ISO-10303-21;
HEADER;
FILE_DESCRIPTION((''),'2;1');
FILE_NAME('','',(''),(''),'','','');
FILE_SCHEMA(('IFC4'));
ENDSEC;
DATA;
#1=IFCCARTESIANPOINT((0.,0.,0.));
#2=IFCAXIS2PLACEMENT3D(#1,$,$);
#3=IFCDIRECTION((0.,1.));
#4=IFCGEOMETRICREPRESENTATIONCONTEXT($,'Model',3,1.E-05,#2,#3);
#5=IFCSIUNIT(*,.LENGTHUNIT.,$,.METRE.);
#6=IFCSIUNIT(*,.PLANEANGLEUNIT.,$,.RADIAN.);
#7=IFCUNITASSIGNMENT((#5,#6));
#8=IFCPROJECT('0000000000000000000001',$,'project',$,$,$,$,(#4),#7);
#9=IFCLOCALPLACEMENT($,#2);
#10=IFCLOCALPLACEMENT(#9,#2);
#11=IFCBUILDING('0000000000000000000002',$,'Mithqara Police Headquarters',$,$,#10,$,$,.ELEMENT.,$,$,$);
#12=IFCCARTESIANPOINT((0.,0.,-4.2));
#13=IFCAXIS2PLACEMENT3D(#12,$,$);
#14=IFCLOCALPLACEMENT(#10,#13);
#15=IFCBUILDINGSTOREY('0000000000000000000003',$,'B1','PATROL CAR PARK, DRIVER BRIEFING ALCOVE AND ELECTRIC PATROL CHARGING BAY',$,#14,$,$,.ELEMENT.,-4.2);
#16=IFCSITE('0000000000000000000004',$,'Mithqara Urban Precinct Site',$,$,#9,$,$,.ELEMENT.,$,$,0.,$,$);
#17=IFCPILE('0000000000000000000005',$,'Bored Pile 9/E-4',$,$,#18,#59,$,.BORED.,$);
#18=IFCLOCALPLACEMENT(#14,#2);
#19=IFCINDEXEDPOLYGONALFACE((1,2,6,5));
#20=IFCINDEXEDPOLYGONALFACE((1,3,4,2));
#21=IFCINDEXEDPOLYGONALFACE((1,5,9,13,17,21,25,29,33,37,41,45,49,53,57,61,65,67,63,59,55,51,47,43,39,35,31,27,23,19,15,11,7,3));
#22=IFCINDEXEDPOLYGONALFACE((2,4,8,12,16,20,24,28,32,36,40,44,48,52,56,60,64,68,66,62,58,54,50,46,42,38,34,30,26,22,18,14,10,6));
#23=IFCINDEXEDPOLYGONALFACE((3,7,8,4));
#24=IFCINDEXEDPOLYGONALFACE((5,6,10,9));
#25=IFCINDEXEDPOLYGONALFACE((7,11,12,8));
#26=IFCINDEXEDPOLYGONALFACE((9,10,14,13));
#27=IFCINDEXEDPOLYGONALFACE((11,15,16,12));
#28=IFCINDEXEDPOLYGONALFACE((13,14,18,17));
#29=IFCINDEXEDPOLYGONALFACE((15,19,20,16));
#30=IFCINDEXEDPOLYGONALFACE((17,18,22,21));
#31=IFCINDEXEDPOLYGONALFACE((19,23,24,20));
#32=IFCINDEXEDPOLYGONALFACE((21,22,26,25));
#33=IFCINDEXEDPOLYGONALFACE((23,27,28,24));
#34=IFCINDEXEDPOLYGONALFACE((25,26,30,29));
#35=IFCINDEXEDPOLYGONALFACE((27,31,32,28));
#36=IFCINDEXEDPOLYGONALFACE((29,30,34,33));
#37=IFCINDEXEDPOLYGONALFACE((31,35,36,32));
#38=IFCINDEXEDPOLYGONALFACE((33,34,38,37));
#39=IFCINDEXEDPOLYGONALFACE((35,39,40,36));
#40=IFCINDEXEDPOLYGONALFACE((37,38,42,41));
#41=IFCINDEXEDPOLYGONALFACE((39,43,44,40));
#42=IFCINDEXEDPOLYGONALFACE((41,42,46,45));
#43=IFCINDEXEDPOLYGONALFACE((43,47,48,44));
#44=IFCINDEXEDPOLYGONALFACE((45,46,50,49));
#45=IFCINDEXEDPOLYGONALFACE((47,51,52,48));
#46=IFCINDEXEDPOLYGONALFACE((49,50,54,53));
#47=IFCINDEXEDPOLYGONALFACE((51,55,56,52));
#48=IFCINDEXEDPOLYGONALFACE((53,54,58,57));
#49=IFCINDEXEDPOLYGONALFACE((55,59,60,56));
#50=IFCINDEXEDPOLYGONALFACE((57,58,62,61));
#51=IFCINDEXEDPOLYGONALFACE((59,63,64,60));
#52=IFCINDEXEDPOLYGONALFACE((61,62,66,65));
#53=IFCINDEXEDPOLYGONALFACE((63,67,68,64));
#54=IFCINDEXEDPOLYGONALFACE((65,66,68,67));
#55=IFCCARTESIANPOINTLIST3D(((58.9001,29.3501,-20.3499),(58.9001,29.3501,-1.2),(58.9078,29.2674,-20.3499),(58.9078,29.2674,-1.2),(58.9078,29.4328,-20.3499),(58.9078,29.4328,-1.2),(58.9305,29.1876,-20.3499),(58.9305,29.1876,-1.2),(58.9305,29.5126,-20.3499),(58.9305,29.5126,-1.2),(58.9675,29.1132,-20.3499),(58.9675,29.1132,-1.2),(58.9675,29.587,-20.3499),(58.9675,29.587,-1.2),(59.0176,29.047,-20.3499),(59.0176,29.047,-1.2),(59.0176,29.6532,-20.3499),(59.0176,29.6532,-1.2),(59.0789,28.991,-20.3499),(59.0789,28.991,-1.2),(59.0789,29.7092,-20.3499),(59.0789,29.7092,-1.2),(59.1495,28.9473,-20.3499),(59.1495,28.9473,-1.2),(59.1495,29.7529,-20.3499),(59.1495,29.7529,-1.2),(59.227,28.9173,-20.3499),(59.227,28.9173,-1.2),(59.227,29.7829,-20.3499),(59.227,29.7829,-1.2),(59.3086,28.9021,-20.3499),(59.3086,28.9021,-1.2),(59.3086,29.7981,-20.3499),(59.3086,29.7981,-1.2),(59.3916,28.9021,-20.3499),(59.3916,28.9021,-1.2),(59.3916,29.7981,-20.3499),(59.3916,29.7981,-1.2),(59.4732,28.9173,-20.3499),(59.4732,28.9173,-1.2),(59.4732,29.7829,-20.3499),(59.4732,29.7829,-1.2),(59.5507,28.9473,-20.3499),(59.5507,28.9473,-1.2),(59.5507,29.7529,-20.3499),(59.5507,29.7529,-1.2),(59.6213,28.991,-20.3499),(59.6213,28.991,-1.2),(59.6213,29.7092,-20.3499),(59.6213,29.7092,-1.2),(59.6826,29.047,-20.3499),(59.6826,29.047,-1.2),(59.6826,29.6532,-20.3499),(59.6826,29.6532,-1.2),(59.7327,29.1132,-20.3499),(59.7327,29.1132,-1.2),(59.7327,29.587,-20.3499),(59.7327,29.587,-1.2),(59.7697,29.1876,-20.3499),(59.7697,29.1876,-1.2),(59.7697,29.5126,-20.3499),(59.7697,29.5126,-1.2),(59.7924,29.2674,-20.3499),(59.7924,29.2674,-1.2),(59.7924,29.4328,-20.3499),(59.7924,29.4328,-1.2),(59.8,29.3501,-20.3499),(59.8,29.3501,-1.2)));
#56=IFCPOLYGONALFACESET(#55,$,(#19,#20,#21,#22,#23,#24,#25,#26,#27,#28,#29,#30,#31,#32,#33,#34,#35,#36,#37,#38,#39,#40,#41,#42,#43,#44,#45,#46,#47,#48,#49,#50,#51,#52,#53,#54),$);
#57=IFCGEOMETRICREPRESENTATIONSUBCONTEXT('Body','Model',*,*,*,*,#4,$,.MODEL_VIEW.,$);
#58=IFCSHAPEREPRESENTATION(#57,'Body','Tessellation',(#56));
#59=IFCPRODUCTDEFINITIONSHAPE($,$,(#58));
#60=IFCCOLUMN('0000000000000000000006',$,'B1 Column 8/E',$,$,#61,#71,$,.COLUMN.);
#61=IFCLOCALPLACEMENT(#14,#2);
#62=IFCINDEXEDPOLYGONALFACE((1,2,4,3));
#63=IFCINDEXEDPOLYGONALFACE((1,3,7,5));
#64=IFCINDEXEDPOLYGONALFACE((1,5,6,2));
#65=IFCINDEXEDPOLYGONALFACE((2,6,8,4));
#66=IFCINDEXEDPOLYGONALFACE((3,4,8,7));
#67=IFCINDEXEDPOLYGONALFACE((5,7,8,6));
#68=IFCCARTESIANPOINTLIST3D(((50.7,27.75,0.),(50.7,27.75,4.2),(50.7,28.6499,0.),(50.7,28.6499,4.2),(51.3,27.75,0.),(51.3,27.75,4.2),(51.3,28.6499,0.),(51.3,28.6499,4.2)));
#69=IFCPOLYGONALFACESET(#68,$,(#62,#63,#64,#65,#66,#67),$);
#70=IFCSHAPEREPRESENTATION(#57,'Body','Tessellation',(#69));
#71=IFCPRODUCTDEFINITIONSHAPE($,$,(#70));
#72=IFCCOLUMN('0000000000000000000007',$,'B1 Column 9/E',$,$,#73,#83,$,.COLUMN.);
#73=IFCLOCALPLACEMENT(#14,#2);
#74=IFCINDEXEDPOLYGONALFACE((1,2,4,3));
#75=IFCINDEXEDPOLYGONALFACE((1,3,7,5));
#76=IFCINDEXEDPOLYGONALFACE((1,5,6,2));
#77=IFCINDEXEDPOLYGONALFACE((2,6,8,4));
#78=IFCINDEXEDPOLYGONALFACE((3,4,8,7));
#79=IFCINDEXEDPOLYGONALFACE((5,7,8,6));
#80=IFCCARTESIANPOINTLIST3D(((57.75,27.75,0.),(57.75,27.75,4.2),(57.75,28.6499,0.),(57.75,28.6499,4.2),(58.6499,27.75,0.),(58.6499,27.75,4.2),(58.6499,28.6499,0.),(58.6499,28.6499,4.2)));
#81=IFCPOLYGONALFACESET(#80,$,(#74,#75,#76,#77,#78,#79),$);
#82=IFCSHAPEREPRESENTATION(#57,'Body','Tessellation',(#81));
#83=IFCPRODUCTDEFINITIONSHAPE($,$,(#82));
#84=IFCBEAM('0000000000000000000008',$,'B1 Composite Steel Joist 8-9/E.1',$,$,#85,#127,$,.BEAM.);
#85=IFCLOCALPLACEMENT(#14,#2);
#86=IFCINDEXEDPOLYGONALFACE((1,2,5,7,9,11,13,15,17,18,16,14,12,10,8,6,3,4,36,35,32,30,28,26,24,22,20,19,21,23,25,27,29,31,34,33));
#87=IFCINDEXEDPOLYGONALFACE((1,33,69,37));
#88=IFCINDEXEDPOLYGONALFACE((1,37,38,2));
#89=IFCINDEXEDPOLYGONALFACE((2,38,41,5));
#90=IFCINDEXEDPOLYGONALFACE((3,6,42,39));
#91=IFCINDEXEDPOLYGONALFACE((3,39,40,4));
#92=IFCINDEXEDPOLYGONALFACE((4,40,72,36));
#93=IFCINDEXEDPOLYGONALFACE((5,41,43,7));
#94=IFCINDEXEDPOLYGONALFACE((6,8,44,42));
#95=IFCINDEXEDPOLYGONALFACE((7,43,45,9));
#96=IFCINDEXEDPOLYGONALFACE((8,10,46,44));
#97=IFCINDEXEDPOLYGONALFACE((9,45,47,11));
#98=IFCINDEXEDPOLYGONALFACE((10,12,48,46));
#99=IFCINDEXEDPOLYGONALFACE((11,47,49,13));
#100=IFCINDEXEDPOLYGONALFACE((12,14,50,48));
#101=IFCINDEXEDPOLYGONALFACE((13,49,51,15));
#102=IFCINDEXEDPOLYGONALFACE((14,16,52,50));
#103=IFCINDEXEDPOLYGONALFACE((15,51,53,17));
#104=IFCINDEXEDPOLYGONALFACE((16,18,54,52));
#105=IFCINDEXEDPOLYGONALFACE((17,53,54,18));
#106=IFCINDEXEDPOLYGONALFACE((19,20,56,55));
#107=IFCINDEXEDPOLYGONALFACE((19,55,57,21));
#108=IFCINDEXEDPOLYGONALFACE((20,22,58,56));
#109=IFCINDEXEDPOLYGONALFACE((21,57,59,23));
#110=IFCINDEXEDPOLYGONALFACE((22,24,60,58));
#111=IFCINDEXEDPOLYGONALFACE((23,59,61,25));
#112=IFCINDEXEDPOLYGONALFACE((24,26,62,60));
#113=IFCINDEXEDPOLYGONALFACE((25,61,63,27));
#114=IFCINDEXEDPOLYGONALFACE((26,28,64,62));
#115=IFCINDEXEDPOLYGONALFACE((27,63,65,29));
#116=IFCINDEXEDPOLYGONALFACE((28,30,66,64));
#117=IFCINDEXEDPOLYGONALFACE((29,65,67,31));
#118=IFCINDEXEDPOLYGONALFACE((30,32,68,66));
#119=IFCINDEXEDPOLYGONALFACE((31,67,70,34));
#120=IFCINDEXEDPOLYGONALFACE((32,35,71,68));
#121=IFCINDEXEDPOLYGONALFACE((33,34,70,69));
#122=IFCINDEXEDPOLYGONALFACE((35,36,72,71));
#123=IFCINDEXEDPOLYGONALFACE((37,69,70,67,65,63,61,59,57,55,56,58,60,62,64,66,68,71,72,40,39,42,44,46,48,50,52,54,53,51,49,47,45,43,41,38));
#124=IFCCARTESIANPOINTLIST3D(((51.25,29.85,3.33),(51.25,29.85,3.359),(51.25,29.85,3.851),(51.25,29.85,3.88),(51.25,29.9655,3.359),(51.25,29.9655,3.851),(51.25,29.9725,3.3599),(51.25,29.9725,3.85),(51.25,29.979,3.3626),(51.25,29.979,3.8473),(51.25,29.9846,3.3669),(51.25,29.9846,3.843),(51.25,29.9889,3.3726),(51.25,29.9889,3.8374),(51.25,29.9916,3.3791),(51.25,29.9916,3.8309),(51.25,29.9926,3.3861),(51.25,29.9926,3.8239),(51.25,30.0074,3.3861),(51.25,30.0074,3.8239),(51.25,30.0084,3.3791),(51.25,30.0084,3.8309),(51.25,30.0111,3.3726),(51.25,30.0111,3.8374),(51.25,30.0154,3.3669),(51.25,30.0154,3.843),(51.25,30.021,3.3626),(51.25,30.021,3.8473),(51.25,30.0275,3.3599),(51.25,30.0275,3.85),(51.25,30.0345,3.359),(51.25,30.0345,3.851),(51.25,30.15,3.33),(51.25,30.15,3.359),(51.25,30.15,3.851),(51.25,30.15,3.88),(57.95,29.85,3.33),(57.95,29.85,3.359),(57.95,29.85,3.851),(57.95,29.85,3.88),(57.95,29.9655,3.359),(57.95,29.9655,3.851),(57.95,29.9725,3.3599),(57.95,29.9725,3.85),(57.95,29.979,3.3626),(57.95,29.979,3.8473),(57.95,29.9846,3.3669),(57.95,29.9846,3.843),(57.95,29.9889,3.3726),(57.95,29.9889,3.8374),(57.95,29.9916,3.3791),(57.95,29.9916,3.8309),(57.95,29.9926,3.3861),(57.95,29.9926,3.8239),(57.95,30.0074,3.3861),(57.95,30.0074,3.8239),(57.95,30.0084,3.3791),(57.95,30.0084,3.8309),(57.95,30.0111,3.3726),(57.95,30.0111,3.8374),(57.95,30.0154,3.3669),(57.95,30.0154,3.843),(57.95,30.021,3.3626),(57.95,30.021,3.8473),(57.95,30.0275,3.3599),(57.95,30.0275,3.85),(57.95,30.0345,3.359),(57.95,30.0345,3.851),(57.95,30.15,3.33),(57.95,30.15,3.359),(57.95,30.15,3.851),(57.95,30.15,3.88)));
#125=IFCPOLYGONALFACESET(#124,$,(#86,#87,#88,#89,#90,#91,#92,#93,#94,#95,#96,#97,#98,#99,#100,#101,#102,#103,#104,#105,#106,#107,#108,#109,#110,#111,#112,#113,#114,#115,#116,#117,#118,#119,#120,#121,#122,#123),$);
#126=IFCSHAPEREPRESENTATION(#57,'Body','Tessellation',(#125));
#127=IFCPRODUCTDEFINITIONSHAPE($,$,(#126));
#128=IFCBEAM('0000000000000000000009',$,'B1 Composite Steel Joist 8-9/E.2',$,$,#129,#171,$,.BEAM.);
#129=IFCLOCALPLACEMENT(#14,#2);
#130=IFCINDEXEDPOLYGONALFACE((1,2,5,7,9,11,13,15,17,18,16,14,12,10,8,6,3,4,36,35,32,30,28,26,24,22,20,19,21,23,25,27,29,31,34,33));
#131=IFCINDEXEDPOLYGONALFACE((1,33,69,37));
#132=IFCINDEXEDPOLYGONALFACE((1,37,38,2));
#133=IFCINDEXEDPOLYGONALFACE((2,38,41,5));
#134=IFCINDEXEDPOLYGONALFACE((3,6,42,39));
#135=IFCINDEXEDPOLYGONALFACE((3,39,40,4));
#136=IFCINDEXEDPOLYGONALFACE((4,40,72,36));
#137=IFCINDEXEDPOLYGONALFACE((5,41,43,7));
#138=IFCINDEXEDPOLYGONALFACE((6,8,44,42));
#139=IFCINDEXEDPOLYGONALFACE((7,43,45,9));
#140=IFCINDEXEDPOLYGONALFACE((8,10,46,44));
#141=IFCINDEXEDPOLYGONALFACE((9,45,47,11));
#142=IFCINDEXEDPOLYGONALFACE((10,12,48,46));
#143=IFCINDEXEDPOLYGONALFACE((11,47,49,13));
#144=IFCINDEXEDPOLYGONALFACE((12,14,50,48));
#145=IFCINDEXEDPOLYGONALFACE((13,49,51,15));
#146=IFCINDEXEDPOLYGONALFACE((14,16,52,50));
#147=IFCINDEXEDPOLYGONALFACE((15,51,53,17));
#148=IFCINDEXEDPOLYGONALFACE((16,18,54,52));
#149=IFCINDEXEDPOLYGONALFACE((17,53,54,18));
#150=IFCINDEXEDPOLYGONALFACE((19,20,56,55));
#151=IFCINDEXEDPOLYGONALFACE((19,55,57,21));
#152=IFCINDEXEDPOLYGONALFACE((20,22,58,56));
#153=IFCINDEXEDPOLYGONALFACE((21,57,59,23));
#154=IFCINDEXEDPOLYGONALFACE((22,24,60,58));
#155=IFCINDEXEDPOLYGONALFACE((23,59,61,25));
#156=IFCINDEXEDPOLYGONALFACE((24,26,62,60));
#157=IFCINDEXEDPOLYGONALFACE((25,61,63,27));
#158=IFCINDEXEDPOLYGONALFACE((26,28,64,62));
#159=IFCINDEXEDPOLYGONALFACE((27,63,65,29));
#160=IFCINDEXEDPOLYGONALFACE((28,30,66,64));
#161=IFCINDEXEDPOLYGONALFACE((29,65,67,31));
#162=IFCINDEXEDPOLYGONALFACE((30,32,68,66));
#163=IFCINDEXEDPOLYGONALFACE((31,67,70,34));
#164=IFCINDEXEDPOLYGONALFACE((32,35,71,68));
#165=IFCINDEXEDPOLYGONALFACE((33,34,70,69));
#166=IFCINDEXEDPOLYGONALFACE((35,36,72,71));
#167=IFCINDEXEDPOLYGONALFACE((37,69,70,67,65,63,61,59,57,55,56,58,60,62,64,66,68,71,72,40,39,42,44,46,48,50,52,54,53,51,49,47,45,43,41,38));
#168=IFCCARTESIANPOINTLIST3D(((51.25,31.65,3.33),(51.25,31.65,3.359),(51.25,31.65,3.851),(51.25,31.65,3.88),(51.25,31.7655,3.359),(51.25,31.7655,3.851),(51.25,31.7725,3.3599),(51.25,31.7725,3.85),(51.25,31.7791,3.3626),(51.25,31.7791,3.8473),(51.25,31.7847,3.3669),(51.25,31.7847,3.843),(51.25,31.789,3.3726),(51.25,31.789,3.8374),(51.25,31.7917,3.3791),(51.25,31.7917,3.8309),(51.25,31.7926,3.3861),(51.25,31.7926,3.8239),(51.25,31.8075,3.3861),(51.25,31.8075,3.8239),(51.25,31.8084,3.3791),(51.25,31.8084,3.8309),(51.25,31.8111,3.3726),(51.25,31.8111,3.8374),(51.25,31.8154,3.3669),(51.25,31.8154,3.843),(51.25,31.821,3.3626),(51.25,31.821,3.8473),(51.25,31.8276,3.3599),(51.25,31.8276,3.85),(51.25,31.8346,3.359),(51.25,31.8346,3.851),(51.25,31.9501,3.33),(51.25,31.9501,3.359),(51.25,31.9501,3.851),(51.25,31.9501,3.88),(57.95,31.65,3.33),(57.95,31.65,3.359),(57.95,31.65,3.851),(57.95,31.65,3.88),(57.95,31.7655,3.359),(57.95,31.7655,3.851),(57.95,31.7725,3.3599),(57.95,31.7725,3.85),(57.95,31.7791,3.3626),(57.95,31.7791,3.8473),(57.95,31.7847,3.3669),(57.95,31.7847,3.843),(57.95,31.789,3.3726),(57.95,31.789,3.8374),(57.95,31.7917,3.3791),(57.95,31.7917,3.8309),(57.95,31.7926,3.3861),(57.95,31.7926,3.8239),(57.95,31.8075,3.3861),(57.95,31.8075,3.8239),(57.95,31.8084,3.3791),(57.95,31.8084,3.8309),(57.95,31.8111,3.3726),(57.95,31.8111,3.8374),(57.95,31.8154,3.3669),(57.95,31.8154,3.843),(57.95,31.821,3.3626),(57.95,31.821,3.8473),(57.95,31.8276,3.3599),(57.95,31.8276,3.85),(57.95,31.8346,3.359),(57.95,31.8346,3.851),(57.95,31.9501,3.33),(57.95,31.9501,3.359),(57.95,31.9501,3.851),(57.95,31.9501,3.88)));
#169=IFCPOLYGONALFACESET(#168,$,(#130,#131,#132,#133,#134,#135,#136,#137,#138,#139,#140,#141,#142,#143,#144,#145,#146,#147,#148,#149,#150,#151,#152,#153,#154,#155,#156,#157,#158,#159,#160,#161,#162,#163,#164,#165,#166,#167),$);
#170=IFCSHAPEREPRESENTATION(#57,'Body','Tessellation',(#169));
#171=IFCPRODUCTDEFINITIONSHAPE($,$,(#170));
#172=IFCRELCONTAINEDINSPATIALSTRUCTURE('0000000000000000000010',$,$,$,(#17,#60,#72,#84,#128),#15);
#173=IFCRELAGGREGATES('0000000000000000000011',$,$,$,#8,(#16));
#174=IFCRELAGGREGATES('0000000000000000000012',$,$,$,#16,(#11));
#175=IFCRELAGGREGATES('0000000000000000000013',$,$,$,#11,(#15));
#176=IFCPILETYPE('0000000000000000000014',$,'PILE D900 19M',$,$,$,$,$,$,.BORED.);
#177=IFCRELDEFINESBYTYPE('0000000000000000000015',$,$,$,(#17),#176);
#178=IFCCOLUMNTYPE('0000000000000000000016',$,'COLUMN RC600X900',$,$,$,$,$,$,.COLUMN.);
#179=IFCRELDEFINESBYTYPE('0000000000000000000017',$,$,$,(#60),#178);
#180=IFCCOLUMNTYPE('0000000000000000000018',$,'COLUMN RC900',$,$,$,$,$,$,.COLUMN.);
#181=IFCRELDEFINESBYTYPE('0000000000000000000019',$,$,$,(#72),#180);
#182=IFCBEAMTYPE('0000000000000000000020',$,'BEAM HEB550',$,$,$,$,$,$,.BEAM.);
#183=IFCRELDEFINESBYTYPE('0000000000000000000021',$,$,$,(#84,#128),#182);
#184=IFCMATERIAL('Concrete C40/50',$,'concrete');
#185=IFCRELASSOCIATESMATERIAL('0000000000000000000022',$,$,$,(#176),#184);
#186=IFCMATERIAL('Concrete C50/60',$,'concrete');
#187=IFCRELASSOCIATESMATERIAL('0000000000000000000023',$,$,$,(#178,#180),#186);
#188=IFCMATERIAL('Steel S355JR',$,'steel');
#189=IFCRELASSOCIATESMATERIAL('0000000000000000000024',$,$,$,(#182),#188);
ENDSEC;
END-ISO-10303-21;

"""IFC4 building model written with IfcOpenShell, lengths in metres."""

from ifc_helpers import new_model, si_unit, direction, frame, origin, origin_2d, place, context, subcontext, project, spatial, rectangle, circle, i_section, extrude, material, material_profile, profile_set, type_object, element, save


model = new_model("IFC4")

# Units and contexts
model_context = context("Model", 3, precision=1e-05, world=origin(), true_north=direction((0.0, 1.0)))
body_context = subcontext(model_context, "Body", "Model", "MODEL_VIEW")
ifc_project = project(units=[si_unit("LENGTHUNIT", "METRE"), si_unit("PLANEANGLEUNIT", "RADIAN")], contexts=[model_context])

# Site, building, storey
site_placement = place(None, origin())
site = spatial("IfcSite", under=ifc_project, at=site_placement, Name="Mithqara Urban Precinct Site", CompositionType="ELEMENT", RefElevation=0.0)
building_placement = place(site_placement, origin())
building = spatial("IfcBuilding", under=site, at=building_placement, Name="Mithqara Police Headquarters", CompositionType="ELEMENT")
storey_placement = place(building_placement, frame((0.0, 0.0, -4.2)))
storey = spatial("IfcBuildingStorey", under=building, at=storey_placement, Name="B1", Description="PATROL CAR PARK, DRIVER BRIEFING ALCOVE AND ELECTRIC PATROL CHARGING BAY", CompositionType="ELEMENT", Elevation=-4.2)

# Shared definitions
ifc_material_1 = material(Name="Concrete C40/50", Category="concrete")

# Pile
ifc_material_profile_1 = material_profile(ifc_material_1, circle(Radius=0.45, at=origin_2d()), Name="PILE D900")
ifc_profile_set_1 = profile_set([ifc_material_profile_1], Name="Concrete C40/50")
pile_type = type_object("IfcPileType", Name="PILE D900 19M", PredefinedType="BORED", material=ifc_profile_set_1)
for number, where, z_axis, x_axis, name in (
    (1, (59.3501, 29.3501, -1.2), (0.0, 0.0, -1.0), (1.0, 0.0, 0.0), "Bored Pile 9/E-4"),
):
    element("IfcPile", number, at=place(storey_placement, frame(where, z_axis=z_axis, x_axis=x_axis)), inside=storey, type_object=pile_type, Name=name, PredefinedType="BORED", context=body_context, shape_type="SweptSolid", body=[
        extrude(circle(Radius=0.45, at=origin_2d()), origin(), (0.0, 0.0, 1.0), 19.1499),
    ])

# Columns
ifc_material_2 = material(Name="Concrete C50/60", Category="concrete")
ifc_material_profile_2 = material_profile(ifc_material_2, rectangle(XDim=0.6001, YDim=0.8999, at=origin_2d()), Name="RC 600x900")
ifc_profile_set_2 = profile_set([ifc_material_profile_2], Name="Concrete C50/60")
column_type_1 = type_object("IfcColumnType", Name="COLUMN RC600X900", PredefinedType="COLUMN", material=ifc_profile_set_2)
column_1_placement = place(storey_placement, frame((51.0, 28.2, 0.0), z_axis=(0.0, 0.0, 1.0), x_axis=(1.0, 0.0, 0.0)))
element("IfcColumn", 2, at=column_1_placement, inside=storey, type_object=column_type_1, Name="B1 Column 8/E", PredefinedType="COLUMN", context=body_context, shape_type="SweptSolid", body=[
    extrude(rectangle(XDim=0.6001, YDim=0.8999, at=origin_2d()), origin(), (0.0, 0.0, 1.0), 4.2),
])
ifc_material_profile_3 = material_profile(ifc_material_2, rectangle(XDim=0.8999, YDim=0.8999, at=origin_2d()), Name="RC 900x900")
ifc_profile_set_3 = profile_set([ifc_material_profile_3], Name="Concrete C50/60")
column_type_2 = type_object("IfcColumnType", Name="COLUMN RC900", PredefinedType="COLUMN", material=ifc_profile_set_3)
column_2_placement = place(storey_placement, frame((58.2, 28.2, 0.0), z_axis=(0.0, 0.0, 1.0), x_axis=(1.0, 0.0, 0.0)))
element("IfcColumn", 3, at=column_2_placement, inside=storey, type_object=column_type_2, Name="B1 Column 9/E", PredefinedType="COLUMN", context=body_context, shape_type="SweptSolid", body=[
    extrude(rectangle(XDim=0.8999, YDim=0.8999, at=origin_2d()), origin(), (0.0, 0.0, 1.0), 4.2),
])

# Beams
ifc_material_3 = material(Name="Steel S355JR", Category="steel")
ifc_material_profile_4 = material_profile(ifc_material_3, i_section(OverallWidth=0.3, OverallDepth=0.55, WebThickness=0.0149, FlangeThickness=0.0291, FilletRadius=0.0271, at=origin_2d()), Name="HEB 550")
ifc_profile_set_4 = profile_set([ifc_material_profile_4], Name="Steel S355JR")
beam_type_1 = type_object("IfcBeamType", Name="BEAM HEB550", PredefinedType="BEAM", material=ifc_profile_set_4)
for number, where, z_axis, x_axis, name in (
    (4, (51.25, 30.0, 3.605), (1.0, 0.0, 0.0), (0.0, 1.0, 0.0), "B1 Composite Steel Joist 8-9/E.1"),
    (5, (51.25, 31.8, 3.605), (1.0, 0.0, 0.0), (0.0, 1.0, 0.0), "B1 Composite Steel Joist 8-9/E.2"),
):
    element("IfcBeam", number, at=place(storey_placement, frame(where, z_axis=z_axis, x_axis=x_axis)), inside=storey, type_object=beam_type_1, Name=name, PredefinedType="BEAM", context=body_context, shape_type="SweptSolid", body=[
        extrude(i_section(OverallWidth=0.3, OverallDepth=0.55, WebThickness=0.0149, FlangeThickness=0.0291, FilletRadius=0.0271, at=origin_2d()), origin(), (0.0, 0.0, 1.0), 6.7),
    ])

save(model, "model.ifc")
